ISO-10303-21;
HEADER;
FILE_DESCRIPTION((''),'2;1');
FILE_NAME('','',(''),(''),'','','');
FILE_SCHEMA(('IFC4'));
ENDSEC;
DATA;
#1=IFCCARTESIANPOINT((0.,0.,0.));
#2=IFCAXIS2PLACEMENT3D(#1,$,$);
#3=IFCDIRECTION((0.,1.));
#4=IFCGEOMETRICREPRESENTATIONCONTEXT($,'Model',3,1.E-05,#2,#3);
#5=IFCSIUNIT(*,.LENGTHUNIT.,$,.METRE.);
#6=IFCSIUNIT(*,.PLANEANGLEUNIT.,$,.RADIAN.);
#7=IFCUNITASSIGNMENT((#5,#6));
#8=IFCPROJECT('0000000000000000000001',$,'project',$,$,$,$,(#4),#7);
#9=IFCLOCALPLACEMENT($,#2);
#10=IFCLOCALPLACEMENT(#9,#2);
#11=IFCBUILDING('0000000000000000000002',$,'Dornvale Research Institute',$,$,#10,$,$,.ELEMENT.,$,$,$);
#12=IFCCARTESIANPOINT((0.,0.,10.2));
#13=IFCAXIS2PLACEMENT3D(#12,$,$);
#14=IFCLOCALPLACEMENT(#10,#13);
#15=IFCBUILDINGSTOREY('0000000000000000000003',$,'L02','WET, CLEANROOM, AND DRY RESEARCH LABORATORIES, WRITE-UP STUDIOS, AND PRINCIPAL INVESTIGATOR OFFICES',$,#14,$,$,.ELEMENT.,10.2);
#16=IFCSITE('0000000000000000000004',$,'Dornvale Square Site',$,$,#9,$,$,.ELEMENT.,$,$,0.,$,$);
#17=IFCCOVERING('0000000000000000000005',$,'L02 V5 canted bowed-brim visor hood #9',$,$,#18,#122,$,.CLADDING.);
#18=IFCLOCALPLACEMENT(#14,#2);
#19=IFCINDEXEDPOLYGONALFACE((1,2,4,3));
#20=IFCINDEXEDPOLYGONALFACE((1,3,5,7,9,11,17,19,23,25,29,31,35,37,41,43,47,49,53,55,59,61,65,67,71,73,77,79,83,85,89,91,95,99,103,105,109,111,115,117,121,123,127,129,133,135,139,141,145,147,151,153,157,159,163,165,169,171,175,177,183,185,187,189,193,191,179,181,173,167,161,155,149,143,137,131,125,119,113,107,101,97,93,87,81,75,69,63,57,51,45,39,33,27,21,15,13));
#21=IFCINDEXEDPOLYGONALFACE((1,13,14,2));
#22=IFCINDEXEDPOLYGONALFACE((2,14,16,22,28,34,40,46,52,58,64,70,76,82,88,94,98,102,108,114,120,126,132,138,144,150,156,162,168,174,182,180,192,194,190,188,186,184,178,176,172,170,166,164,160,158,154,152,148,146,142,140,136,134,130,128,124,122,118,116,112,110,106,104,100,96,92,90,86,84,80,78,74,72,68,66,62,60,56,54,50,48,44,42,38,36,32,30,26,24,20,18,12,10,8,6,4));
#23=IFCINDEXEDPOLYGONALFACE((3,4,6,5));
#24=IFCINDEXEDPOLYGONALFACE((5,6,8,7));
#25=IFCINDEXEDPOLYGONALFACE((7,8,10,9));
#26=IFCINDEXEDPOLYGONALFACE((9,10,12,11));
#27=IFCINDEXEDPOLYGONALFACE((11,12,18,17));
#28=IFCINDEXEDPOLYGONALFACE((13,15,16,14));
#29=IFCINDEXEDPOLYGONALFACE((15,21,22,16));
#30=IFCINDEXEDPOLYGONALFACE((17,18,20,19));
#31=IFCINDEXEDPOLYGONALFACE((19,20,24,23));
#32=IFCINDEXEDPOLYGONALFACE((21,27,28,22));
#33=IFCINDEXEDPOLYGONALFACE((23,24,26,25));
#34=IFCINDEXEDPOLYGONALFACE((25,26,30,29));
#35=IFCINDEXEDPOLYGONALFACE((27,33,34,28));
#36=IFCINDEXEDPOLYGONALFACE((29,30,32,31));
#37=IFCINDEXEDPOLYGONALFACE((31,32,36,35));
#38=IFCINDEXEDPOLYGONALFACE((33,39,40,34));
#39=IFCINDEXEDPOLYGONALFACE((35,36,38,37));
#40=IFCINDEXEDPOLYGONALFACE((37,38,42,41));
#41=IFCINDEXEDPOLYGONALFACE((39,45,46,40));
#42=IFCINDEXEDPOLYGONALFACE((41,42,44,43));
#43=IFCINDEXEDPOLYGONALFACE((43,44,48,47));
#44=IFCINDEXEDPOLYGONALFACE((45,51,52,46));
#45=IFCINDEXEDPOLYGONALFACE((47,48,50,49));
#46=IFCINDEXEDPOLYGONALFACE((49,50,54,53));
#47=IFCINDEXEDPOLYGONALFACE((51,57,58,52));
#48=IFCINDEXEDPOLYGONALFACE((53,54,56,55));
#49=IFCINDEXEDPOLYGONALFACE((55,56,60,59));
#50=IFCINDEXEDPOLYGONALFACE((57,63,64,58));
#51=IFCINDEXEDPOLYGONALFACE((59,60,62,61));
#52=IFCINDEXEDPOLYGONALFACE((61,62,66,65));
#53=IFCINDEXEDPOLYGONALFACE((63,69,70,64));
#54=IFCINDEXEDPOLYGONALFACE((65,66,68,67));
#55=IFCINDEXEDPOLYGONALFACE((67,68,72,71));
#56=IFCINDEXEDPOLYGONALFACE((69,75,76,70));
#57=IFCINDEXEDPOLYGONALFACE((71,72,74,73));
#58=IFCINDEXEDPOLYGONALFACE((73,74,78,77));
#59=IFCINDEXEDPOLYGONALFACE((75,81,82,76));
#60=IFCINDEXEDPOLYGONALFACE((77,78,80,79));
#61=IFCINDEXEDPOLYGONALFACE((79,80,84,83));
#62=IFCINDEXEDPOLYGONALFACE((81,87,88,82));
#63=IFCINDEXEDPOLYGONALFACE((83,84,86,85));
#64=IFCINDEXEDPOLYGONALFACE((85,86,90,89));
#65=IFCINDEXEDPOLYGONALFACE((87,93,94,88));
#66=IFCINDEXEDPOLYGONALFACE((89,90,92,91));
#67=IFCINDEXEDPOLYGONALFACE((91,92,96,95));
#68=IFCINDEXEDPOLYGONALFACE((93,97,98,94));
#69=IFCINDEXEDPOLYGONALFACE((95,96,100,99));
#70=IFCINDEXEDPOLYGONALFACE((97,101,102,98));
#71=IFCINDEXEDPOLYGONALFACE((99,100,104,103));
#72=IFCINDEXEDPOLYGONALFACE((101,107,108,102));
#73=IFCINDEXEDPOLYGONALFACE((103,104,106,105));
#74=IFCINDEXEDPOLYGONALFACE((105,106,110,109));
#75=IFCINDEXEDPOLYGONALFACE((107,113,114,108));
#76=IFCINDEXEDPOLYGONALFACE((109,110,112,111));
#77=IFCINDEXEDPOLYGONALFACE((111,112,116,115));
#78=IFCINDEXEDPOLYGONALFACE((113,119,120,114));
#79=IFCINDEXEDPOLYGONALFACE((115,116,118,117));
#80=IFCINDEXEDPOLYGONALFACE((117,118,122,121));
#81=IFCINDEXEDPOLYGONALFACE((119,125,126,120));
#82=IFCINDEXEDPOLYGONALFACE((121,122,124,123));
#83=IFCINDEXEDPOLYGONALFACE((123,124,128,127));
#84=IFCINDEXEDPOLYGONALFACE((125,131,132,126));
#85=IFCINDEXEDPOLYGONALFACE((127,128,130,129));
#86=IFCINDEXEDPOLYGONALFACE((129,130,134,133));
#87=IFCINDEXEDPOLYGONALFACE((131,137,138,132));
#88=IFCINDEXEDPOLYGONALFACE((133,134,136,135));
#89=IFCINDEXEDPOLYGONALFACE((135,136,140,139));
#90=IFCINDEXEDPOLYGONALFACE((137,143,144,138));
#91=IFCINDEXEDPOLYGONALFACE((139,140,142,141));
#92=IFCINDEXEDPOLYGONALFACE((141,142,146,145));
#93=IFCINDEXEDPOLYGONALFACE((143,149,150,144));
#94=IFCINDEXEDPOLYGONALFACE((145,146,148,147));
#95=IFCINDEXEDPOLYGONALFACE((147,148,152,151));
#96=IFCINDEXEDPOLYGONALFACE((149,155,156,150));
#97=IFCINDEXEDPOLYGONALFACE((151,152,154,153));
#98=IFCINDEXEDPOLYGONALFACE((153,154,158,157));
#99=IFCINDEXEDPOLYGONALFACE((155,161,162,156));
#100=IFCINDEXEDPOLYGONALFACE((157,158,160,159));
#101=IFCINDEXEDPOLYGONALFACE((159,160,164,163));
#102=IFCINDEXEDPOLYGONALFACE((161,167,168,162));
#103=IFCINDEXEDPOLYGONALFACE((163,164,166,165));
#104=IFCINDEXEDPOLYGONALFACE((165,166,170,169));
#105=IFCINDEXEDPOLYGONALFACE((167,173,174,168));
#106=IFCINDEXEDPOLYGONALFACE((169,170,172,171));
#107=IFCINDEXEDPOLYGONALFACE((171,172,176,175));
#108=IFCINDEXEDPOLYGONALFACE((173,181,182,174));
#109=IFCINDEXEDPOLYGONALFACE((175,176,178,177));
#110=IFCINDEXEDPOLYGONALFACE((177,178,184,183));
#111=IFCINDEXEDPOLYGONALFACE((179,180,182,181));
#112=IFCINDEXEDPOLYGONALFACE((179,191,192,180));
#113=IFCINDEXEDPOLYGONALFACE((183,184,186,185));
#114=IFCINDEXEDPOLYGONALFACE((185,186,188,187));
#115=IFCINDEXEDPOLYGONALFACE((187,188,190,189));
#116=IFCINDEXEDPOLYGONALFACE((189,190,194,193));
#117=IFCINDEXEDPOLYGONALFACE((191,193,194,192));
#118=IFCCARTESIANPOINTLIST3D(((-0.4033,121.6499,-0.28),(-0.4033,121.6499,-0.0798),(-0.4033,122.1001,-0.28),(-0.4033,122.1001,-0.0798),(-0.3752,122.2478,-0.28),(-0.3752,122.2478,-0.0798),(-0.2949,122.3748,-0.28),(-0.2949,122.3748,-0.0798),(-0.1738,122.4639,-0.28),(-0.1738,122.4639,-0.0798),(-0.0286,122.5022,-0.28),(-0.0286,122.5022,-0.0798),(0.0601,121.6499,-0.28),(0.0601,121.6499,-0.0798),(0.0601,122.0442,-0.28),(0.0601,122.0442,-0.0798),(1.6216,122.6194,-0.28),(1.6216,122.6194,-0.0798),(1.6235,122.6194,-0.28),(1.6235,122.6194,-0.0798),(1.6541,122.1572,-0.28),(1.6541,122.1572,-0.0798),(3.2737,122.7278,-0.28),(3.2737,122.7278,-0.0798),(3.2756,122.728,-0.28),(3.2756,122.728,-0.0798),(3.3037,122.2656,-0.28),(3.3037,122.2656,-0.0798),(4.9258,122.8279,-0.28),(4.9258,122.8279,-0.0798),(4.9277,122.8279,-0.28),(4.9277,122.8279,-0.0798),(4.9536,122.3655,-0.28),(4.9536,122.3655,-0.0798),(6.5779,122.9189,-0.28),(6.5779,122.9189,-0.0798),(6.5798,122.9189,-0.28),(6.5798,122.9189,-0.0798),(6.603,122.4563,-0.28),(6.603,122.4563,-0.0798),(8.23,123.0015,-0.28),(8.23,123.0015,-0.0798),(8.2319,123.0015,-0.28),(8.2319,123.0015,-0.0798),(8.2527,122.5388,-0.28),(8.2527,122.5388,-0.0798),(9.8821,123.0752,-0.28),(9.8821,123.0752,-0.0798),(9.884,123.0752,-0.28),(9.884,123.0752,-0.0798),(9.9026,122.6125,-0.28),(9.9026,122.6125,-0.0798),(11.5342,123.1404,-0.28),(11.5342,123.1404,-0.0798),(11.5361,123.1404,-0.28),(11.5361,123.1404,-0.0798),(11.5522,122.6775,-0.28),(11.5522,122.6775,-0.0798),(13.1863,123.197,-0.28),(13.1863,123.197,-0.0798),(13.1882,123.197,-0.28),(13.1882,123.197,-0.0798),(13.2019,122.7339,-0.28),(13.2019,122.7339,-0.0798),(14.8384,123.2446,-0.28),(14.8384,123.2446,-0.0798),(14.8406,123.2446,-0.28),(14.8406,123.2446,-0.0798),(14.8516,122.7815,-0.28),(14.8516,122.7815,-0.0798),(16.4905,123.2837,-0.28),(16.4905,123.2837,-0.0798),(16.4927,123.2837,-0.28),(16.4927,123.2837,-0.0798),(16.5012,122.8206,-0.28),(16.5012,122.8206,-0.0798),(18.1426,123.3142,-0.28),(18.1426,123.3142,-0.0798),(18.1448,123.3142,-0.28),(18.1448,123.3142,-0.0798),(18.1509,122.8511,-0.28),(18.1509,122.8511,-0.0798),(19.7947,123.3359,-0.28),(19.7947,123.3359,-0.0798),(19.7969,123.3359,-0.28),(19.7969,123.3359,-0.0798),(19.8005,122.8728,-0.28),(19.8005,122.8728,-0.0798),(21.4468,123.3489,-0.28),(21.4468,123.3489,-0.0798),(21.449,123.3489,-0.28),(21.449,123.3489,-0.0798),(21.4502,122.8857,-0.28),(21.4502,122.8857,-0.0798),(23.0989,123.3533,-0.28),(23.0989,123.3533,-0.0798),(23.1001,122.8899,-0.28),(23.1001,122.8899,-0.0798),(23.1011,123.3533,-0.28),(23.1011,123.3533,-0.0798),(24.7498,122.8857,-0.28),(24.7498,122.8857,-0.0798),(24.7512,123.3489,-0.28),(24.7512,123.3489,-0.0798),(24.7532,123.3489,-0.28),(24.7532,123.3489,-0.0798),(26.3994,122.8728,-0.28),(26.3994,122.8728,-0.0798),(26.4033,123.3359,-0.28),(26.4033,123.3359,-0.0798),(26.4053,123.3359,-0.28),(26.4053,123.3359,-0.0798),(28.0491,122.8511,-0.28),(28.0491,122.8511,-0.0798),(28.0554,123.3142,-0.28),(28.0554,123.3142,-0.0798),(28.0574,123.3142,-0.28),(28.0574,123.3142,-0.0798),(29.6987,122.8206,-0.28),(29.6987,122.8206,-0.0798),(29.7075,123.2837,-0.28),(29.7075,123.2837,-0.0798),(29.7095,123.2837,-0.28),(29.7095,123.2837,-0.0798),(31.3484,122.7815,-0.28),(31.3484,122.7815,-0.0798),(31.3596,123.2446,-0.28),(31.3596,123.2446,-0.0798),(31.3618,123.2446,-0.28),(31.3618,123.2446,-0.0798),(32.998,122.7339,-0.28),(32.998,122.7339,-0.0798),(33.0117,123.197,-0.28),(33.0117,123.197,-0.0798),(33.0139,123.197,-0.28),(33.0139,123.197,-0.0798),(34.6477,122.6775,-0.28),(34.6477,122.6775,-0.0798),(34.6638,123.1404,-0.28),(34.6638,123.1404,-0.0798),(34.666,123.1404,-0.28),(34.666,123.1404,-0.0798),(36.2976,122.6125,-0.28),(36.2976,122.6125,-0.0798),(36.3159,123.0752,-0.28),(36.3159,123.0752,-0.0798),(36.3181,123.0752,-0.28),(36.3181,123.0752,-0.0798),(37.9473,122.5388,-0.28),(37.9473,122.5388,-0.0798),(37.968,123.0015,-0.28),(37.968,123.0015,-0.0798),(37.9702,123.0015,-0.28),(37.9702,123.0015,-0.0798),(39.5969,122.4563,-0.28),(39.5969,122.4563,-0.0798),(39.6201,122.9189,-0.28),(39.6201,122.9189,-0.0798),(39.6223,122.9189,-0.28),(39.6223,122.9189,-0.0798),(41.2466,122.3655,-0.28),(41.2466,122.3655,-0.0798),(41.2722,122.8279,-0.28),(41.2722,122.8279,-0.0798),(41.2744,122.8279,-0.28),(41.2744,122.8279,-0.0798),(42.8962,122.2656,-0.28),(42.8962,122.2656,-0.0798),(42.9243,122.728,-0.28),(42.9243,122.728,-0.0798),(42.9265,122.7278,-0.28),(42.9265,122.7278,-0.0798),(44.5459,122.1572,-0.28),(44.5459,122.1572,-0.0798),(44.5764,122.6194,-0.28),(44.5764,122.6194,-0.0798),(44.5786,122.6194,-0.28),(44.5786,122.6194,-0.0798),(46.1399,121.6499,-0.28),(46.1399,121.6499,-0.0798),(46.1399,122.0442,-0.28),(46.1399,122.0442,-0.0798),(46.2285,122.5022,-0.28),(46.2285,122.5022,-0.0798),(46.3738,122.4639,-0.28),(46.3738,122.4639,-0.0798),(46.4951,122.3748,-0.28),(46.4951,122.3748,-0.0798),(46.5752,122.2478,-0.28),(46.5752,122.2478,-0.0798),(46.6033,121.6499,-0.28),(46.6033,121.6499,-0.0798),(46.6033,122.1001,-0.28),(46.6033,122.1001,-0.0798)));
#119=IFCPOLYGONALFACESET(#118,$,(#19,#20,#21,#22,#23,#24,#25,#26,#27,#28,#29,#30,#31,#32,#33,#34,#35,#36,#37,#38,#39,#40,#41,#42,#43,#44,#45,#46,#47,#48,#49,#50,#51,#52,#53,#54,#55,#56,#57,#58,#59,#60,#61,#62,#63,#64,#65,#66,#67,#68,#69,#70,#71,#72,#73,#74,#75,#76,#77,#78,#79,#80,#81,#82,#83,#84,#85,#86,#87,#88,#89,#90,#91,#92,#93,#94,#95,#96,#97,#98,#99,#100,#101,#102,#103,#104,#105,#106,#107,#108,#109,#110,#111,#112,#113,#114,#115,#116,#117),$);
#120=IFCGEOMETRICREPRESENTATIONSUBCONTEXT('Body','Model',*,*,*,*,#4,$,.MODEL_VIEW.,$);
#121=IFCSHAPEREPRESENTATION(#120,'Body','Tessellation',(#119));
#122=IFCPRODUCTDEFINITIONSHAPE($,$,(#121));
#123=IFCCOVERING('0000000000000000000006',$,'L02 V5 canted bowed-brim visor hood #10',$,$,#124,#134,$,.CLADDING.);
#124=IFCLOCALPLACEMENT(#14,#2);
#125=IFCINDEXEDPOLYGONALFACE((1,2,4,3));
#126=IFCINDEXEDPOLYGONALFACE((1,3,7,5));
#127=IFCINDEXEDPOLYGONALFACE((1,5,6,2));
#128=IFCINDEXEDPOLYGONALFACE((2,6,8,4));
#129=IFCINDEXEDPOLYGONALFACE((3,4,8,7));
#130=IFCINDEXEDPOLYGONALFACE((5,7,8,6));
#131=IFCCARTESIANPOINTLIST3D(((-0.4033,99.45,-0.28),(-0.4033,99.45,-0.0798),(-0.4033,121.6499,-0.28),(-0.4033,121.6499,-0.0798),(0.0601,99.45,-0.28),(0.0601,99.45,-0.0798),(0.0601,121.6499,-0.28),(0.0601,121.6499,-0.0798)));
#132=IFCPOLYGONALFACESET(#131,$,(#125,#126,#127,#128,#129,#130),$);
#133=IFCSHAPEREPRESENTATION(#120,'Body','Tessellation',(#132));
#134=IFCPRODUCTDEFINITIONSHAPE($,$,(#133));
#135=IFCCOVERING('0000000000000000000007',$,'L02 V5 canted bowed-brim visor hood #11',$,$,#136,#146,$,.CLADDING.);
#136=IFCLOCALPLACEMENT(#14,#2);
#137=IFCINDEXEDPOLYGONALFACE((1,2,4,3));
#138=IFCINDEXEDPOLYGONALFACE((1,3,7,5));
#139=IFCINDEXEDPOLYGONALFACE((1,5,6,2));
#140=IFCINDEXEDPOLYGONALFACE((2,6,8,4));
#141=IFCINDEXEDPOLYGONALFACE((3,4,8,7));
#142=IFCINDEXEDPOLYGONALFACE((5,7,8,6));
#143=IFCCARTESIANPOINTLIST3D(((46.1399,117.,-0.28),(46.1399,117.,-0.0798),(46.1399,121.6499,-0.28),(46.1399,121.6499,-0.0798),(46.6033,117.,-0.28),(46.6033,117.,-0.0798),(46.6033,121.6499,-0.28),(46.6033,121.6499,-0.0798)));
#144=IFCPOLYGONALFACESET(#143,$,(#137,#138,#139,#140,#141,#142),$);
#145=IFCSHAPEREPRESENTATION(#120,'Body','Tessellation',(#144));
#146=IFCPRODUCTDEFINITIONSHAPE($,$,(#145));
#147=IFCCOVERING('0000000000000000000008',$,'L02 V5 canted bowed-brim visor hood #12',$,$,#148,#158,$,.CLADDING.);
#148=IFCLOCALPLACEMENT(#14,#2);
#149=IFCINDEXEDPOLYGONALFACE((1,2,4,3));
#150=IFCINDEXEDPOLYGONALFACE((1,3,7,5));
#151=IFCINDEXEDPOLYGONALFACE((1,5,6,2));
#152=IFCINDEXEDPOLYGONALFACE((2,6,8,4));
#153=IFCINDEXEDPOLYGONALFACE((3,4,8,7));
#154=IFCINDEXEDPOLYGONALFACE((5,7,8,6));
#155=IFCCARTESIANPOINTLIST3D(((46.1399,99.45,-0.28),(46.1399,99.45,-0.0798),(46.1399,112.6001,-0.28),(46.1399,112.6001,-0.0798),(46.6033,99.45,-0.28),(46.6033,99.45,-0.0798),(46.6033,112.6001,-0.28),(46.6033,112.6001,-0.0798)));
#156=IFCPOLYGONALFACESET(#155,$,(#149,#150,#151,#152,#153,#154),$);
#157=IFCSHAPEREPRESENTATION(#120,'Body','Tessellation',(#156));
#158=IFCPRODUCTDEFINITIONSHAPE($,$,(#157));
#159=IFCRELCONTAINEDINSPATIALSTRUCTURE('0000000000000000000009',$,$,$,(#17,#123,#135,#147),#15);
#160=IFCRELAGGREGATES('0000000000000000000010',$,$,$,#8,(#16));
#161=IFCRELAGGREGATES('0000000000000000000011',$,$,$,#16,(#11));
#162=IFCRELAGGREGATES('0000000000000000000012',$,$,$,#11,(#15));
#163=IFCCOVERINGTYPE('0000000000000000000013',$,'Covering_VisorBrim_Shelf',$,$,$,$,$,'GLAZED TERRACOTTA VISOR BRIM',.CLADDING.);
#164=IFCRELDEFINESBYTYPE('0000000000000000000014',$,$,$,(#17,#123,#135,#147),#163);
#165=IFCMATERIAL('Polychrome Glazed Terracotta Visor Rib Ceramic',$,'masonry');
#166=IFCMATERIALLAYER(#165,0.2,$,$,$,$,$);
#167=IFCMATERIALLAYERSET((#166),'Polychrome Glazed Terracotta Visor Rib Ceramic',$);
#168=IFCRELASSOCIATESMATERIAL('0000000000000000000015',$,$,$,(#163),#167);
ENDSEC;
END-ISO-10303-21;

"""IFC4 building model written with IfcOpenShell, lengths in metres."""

from ifc_helpers import new_model, si_unit, direction, frame, origin, place, context, subcontext, project, spatial, polyline, outline, extrude, material, layer, layer_set, type_object, element, save


model = new_model("IFC4")

# Units and contexts
model_context = context("Model", 3, precision=1e-05, world=origin(), true_north=direction((0.0, 1.0)))
body_context = subcontext(model_context, "Body", "Model", "MODEL_VIEW")
ifc_project = project(units=[si_unit("LENGTHUNIT", "METRE"), si_unit("PLANEANGLEUNIT", "RADIAN")], contexts=[model_context])

# Site, building, storey
site_placement = place(None, origin())
site = spatial("IfcSite", under=ifc_project, at=site_placement, Name="Dornvale Square Site", CompositionType="ELEMENT", RefElevation=0.0)
building_placement = place(site_placement, origin())
building = spatial("IfcBuilding", under=site, at=building_placement, Name="Dornvale Research Institute", CompositionType="ELEMENT")
storey_placement = place(building_placement, frame((0.0, 0.0, 10.2)))
storey = spatial("IfcBuildingStorey", under=building, at=storey_placement, Name="L02", Description="WET, CLEANROOM, AND DRY RESEARCH LABORATORIES, WRITE-UP STUDIOS, AND PRINCIPAL INVESTIGATOR OFFICES", CompositionType="ELEMENT", Elevation=10.2)

# Coverings
ifc_material_1 = material(Name="Polychrome Glazed Terracotta Visor Rib Ceramic", Category="masonry")
ifc_layer_1 = layer(ifc_material_1, 0.2)
ifc_layer_set_1 = layer_set([ifc_layer_1], Name="Polychrome Glazed Terracotta Visor Rib Ceramic")
covering_type_1 = type_object("IfcCoveringType", Name="Covering_VisorBrim_Shelf", ElementType="GLAZED TERRACOTTA VISOR BRIM", PredefinedType="CLADDING", material=ifc_layer_set_1)
covering_1_placement = place(storey_placement, frame((0.0, 0.0, -0.28)))
element("IfcCovering", 1, at=covering_1_placement, inside=storey, type_object=covering_type_1, Name="L02 V5 canted bowed-brim visor hood #9", PredefinedType="CLADDING", context=body_context, shape_type="SweptSolid", body=[
    extrude(outline(polyline([(1.6235, 122.6194), (3.2737, 122.7278), (3.2756, 122.728), (4.9258, 122.8279), (4.9277, 122.8279), (6.5779, 122.9189), (6.5798, 122.9189), (8.23, 123.0015), (8.2319, 123.0015), (9.8821, 123.0752), (9.884, 123.0752), (11.5342, 123.1404), (11.5361, 123.1404), (13.1863, 123.197), (13.1882, 123.197), (14.8384, 123.2446), (14.8406, 123.2446), (16.4905, 123.2837), (16.4927, 123.2837), (18.1426, 123.3142), (18.1448, 123.3142), (19.7947, 123.3359), (19.7969, 123.3359), (21.4468, 123.3489), (21.449, 123.3489), (23.0989, 123.3533), (23.1011, 123.3533), (24.7512, 123.3489), (24.7532, 123.3489), (26.4033, 123.3359), (26.4053, 123.3359), (28.0554, 123.3142), (28.0574, 123.3142), (29.7075, 123.2837), (29.7095, 123.2837), (31.3596, 123.2446), (31.3618, 123.2446), (33.0117, 123.197), (33.0139, 123.197), (34.6638, 123.1404), (34.666, 123.1404), (36.3159, 123.0752), (36.3181, 123.0752), (37.968, 123.0015), (37.9702, 123.0015), (39.6201, 122.9189), (39.6223, 122.9189), (41.2722, 122.8279), (41.2744, 122.8279), (42.9243, 122.728), (42.9265, 122.7278), (44.5764, 122.6194), (44.5786, 122.6194), (46.2285, 122.5022), (46.3738, 122.4639), (46.4951, 122.3748), (46.5752, 122.2478), (46.6033, 122.1001), (46.6033, 121.6499), (46.1399, 121.6499), (46.1399, 122.0442), (44.5459, 122.1572), (42.8962, 122.2656), (41.2466, 122.3655), (39.5969, 122.4563), (37.9473, 122.5388), (36.2976, 122.6125), (34.6477, 122.6775), (32.998, 122.7339), (31.3484, 122.7815), (29.6987, 122.8206), (28.0491, 122.8511), (26.3994, 122.8728), (24.7498, 122.8857), (23.1001, 122.8899), (21.4502, 122.8857), (19.8005, 122.8728), (18.1509, 122.8511), (16.5012, 122.8206), (14.8516, 122.7815), (13.2019, 122.7339), (11.5522, 122.6775), (9.9026, 122.6125), (8.2527, 122.5388), (6.603, 122.4563), (4.9536, 122.3655), (3.3037, 122.2656), (1.6541, 122.1572), (0.0601, 122.0442), (0.0601, 121.6499), (-0.4033, 121.6499), (-0.4033, 122.1001), (-0.3752, 122.2478), (-0.2949, 122.3748), (-0.1738, 122.4639), (-0.0286, 122.5022), (1.6216, 122.6194), (1.6235, 122.6194)])), origin(), (0.0, 0.0, 1.0), 0.2002),
])
covering_2_placement = place(storey_placement, frame((0.0, 0.0, -0.28)))
element("IfcCovering", 2, at=covering_2_placement, inside=storey, type_object=covering_type_1, Name="L02 V5 canted bowed-brim visor hood #10", PredefinedType="CLADDING", context=body_context, shape_type="SweptSolid", body=[
    extrude(outline(polyline([(0.0601, 99.45), (-0.4033, 99.45), (-0.4033, 121.6499), (0.0601, 121.6499), (0.0601, 99.45)])), origin(), (0.0, 0.0, 1.0), 0.2002),
])
covering_3_placement = place(storey_placement, frame((0.0, 0.0, -0.28)))
element("IfcCovering", 3, at=covering_3_placement, inside=storey, type_object=covering_type_1, Name="L02 V5 canted bowed-brim visor hood #11", PredefinedType="CLADDING", context=body_context, shape_type="SweptSolid", body=[
    extrude(outline(polyline([(46.6033, 117.0), (46.1399, 117.0), (46.1399, 121.6499), (46.6033, 121.6499), (46.6033, 117.0)])), origin(), (0.0, 0.0, 1.0), 0.2002),
])
covering_4_placement = place(storey_placement, frame((0.0, 0.0, -0.28)))
element("IfcCovering", 4, at=covering_4_placement, inside=storey, type_object=covering_type_1, Name="L02 V5 canted bowed-brim visor hood #12", PredefinedType="CLADDING", context=body_context, shape_type="SweptSolid", body=[
    extrude(outline(polyline([(46.1399, 112.6001), (46.6033, 112.6001), (46.6033, 99.45), (46.1399, 99.45), (46.1399, 112.6001)])), origin(), (0.0, 0.0, 1.0), 0.2002),
])

save(model, "model.ifc")
